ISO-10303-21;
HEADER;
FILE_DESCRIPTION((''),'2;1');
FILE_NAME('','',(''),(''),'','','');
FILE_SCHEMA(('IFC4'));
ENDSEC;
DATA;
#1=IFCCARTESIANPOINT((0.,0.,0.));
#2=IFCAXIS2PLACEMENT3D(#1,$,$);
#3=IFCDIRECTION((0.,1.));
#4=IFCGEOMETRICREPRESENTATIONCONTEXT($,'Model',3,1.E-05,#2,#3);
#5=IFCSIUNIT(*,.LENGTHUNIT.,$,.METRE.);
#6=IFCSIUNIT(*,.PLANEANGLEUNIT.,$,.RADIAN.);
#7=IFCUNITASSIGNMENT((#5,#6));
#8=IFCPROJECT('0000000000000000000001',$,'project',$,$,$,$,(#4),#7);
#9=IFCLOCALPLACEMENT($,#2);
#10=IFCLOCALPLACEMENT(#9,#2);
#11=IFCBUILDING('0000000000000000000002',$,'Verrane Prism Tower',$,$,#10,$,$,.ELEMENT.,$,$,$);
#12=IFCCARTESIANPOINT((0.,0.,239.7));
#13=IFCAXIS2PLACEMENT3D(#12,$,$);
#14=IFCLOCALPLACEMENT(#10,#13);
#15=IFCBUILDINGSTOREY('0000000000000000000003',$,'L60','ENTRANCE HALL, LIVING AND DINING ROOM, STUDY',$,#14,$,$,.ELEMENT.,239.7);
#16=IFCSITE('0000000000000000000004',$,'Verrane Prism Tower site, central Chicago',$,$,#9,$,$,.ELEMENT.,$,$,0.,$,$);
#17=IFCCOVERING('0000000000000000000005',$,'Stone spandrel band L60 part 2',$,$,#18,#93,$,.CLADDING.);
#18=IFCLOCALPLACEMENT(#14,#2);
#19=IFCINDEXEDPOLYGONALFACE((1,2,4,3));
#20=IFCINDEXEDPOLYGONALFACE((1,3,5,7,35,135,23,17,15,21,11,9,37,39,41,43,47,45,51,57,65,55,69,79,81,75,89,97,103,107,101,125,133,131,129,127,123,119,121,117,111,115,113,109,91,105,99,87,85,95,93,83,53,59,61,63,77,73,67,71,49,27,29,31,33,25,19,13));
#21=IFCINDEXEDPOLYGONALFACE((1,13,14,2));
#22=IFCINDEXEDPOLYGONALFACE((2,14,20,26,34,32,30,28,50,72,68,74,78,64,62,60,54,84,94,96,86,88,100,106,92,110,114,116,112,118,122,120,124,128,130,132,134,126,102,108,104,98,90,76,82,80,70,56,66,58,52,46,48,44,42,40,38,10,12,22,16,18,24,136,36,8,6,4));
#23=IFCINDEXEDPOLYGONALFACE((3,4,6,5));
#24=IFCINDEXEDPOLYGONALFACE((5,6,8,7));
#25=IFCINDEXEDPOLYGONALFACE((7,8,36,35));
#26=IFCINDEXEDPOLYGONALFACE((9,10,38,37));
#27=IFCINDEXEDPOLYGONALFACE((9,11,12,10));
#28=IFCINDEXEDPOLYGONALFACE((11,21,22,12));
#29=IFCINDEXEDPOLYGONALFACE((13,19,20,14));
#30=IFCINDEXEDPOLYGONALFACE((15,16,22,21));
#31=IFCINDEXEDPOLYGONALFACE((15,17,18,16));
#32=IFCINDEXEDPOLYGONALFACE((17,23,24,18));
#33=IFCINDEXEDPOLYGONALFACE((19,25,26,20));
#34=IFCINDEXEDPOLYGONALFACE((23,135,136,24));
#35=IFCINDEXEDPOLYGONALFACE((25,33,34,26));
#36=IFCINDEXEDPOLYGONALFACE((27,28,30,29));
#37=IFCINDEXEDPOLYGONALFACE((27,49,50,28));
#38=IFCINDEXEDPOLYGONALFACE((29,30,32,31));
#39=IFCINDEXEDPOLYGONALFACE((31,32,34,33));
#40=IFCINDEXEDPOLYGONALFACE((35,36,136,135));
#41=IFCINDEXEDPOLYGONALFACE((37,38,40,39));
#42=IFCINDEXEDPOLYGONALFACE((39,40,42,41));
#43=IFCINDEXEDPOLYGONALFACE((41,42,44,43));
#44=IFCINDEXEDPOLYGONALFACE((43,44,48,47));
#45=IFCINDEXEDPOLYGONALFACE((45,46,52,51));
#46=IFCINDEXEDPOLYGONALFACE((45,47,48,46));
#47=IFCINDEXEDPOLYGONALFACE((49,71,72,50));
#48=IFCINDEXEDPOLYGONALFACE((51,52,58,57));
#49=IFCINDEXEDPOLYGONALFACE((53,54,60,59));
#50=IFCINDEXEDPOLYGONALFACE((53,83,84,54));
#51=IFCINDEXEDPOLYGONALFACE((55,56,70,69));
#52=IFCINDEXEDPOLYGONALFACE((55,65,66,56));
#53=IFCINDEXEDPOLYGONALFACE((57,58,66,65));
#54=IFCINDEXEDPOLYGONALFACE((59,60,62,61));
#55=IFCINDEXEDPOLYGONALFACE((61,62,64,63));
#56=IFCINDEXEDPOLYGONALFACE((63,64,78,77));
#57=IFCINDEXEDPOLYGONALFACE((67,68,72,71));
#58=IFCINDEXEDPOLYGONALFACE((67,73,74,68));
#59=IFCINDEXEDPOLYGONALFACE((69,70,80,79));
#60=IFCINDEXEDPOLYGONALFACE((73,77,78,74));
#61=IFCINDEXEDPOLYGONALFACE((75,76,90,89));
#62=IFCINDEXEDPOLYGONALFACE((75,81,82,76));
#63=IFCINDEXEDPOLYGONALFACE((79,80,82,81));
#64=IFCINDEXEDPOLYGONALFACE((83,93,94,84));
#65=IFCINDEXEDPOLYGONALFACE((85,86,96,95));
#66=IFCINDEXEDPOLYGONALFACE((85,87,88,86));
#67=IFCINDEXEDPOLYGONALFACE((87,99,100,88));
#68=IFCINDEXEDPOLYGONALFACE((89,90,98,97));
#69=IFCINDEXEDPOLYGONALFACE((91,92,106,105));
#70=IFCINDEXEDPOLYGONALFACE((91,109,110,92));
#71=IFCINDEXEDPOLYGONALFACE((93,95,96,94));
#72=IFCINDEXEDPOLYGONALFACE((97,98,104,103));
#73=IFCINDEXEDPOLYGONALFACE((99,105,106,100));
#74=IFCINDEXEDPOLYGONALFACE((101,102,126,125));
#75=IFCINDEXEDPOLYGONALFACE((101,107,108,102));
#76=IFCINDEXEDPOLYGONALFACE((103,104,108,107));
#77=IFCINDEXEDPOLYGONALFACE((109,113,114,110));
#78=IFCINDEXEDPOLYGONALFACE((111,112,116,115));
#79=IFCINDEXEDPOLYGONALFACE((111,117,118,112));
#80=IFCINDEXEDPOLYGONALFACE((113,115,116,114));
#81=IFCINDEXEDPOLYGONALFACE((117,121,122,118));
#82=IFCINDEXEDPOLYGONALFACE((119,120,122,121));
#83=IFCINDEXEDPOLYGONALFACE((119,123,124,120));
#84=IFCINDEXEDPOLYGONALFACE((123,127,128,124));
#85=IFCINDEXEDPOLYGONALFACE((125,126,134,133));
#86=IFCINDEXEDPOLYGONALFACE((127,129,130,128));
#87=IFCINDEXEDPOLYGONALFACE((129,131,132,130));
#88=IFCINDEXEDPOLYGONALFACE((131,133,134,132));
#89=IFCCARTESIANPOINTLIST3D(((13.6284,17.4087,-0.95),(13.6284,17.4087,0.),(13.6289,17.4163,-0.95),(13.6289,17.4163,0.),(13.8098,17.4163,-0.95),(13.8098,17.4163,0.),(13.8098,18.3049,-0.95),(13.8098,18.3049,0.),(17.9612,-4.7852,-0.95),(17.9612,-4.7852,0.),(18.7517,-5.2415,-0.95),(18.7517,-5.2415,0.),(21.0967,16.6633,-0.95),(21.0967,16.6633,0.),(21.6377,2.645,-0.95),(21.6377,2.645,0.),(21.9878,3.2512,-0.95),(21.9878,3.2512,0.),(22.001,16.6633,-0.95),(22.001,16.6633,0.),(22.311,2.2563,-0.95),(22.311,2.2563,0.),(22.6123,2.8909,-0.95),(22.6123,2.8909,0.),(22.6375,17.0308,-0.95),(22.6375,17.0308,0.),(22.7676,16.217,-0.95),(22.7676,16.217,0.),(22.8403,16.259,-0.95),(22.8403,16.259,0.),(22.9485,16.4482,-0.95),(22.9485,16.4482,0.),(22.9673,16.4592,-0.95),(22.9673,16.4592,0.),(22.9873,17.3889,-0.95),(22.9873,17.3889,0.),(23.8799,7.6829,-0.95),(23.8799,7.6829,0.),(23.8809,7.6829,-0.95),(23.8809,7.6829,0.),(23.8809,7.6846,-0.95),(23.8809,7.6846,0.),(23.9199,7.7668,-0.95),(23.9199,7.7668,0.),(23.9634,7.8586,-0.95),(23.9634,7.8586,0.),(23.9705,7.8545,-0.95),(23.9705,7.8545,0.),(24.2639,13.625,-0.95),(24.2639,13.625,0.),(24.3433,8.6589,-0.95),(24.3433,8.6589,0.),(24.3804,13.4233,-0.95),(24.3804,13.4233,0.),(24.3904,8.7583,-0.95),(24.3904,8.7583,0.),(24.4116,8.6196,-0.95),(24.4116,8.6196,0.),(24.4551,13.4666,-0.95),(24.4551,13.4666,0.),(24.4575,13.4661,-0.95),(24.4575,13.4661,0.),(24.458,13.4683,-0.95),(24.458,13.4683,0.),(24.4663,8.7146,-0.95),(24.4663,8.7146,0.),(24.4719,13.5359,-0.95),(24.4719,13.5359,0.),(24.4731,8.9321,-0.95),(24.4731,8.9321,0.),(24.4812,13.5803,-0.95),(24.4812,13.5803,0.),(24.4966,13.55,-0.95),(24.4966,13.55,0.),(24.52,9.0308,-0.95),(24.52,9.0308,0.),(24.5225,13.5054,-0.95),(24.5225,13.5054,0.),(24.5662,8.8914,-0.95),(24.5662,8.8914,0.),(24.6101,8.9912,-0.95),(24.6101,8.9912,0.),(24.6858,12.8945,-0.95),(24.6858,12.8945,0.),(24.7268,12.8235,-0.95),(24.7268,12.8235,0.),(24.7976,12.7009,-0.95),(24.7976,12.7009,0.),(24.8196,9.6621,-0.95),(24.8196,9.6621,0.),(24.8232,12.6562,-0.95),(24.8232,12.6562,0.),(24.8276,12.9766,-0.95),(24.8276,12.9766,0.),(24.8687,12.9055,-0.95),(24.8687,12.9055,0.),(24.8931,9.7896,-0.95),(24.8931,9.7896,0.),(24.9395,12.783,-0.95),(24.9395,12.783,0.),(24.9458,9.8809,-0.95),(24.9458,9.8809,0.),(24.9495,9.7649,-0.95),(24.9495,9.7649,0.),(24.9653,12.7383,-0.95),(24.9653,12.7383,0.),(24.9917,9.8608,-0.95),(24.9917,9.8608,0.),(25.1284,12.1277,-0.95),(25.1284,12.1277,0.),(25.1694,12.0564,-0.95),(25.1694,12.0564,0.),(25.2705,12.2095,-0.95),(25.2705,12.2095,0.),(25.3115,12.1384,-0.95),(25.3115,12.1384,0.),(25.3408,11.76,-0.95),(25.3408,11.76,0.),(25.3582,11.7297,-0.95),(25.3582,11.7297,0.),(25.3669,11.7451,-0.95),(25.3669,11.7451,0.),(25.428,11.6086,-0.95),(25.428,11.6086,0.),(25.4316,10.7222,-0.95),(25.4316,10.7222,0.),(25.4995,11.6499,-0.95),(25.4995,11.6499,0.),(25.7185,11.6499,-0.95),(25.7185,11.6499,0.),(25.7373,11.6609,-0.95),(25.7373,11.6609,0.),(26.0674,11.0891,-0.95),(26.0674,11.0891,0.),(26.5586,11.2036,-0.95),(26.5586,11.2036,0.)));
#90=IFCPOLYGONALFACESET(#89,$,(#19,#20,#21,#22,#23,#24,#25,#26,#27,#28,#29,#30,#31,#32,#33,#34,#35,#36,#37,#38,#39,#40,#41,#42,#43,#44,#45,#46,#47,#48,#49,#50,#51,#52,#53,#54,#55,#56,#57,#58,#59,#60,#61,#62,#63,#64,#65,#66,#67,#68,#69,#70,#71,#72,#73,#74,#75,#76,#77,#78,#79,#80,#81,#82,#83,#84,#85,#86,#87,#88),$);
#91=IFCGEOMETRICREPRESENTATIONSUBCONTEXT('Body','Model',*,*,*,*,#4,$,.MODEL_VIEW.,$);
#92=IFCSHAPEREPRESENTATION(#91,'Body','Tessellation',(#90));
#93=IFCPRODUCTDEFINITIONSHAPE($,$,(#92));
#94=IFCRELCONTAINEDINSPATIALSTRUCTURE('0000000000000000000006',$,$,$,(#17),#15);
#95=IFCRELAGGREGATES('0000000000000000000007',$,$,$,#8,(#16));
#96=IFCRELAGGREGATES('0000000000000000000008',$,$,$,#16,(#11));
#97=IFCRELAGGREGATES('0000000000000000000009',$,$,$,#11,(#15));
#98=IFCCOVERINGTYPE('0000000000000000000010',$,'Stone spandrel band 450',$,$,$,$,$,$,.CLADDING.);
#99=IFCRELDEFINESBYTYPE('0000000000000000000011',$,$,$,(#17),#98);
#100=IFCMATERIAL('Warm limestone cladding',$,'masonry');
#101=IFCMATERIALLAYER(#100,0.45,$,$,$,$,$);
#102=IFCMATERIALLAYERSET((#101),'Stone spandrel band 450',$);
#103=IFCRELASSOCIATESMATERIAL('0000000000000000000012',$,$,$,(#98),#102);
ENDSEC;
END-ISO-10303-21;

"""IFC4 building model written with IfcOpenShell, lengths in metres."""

from ifc_helpers import new_model, si_unit, direction, frame, origin, place, context, subcontext, project, spatial, polyline, outline, extrude, material, layer, layer_set, type_object, element, save


model = new_model("IFC4")

# Units and contexts
model_context = context("Model", 3, precision=1e-05, world=origin(), true_north=direction((0.0, 1.0)))
body_context = subcontext(model_context, "Body", "Model", "MODEL_VIEW")
ifc_project = project(units=[si_unit("LENGTHUNIT", "METRE"), si_unit("PLANEANGLEUNIT", "RADIAN")], contexts=[model_context])

# Site, building, storey
site_placement = place(None, origin())
site = spatial("IfcSite", under=ifc_project, at=site_placement, Name="Verrane Prism Tower site, central Chicago", CompositionType="ELEMENT", RefElevation=0.0)
building_placement = place(site_placement, origin())
building = spatial("IfcBuilding", under=site, at=building_placement, Name="Verrane Prism Tower", CompositionType="ELEMENT")
storey_placement = place(building_placement, frame((0.0, 0.0, 239.7)))
storey = spatial("IfcBuildingStorey", under=building, at=storey_placement, Name="L60", Description="ENTRANCE HALL, LIVING AND DINING ROOM, STUDY", CompositionType="ELEMENT", Elevation=239.7)

# Covering
ifc_material_1 = material(Name="Warm limestone cladding", Category="masonry")
ifc_layer_1 = layer(ifc_material_1, 0.45)
ifc_layer_set_1 = layer_set([ifc_layer_1], Name="Stone spandrel band 450")
covering_type = type_object("IfcCoveringType", Name="Stone spandrel band 450", PredefinedType="CLADDING", material=ifc_layer_set_1)
covering_1_placement = place(storey_placement, frame((0.0, 0.0, -0.95)))
element("IfcCovering", 1, at=covering_1_placement, inside=storey, type_object=covering_type, Name="Stone spandrel band L60 part 2", PredefinedType="CLADDING", context=body_context, shape_type="SweptSolid", body=[
    extrude(outline(polyline([(13.8098, 18.3049), (13.8098, 17.4163), (13.6289, 17.4163), (13.6284, 17.4087), (21.0967, 16.6633), (22.001, 16.6633), (22.6375, 17.0308), (22.9673, 16.4592), (22.9485, 16.4482), (22.8403, 16.259), (22.7676, 16.217), (24.2639, 13.625), (24.4812, 13.5803), (24.4719, 13.5359), (24.4966, 13.55), (24.5225, 13.5054), (24.458, 13.4683), (24.4575, 13.4661), (24.4551, 13.4666), (24.3804, 13.4233), (24.6858, 12.8945), (24.8276, 12.9766), (24.8687, 12.9055), (24.7268, 12.8235), (24.7976, 12.7009), (24.9395, 12.783), (24.9653, 12.7383), (24.8232, 12.6562), (25.1284, 12.1277), (25.2705, 12.2095), (25.3115, 12.1384), (25.1694, 12.0564), (25.3408, 11.76), (25.3669, 11.7451), (25.3582, 11.7297), (25.428, 11.6086), (25.4995, 11.6499), (25.7185, 11.6499), (25.7373, 11.6609), (26.0674, 11.0891), (25.4316, 10.7222), (24.9458, 9.8809), (24.9917, 9.8608), (24.9495, 9.7649), (24.8931, 9.7896), (24.8196, 9.6621), (24.52, 9.0308), (24.6101, 8.9912), (24.5662, 8.8914), (24.4731, 8.9321), (24.3904, 8.7583), (24.4663, 8.7146), (24.4116, 8.6196), (24.3433, 8.6589), (23.9634, 7.8586), (23.9705, 7.8545), (23.9199, 7.7668), (23.8809, 7.6846), (23.8809, 7.6829), (23.8799, 7.6829), (17.9612, -4.7852), (18.7517, -5.2415), (22.311, 2.2563), (21.6377, 2.645), (21.9878, 3.2512), (22.6123, 2.8909), (26.5586, 11.2036), (22.9873, 17.3889), (13.8098, 18.3049)])), origin(), (0.0, 0.0, 1.0), 0.95),
])

save(model, "model.ifc")
